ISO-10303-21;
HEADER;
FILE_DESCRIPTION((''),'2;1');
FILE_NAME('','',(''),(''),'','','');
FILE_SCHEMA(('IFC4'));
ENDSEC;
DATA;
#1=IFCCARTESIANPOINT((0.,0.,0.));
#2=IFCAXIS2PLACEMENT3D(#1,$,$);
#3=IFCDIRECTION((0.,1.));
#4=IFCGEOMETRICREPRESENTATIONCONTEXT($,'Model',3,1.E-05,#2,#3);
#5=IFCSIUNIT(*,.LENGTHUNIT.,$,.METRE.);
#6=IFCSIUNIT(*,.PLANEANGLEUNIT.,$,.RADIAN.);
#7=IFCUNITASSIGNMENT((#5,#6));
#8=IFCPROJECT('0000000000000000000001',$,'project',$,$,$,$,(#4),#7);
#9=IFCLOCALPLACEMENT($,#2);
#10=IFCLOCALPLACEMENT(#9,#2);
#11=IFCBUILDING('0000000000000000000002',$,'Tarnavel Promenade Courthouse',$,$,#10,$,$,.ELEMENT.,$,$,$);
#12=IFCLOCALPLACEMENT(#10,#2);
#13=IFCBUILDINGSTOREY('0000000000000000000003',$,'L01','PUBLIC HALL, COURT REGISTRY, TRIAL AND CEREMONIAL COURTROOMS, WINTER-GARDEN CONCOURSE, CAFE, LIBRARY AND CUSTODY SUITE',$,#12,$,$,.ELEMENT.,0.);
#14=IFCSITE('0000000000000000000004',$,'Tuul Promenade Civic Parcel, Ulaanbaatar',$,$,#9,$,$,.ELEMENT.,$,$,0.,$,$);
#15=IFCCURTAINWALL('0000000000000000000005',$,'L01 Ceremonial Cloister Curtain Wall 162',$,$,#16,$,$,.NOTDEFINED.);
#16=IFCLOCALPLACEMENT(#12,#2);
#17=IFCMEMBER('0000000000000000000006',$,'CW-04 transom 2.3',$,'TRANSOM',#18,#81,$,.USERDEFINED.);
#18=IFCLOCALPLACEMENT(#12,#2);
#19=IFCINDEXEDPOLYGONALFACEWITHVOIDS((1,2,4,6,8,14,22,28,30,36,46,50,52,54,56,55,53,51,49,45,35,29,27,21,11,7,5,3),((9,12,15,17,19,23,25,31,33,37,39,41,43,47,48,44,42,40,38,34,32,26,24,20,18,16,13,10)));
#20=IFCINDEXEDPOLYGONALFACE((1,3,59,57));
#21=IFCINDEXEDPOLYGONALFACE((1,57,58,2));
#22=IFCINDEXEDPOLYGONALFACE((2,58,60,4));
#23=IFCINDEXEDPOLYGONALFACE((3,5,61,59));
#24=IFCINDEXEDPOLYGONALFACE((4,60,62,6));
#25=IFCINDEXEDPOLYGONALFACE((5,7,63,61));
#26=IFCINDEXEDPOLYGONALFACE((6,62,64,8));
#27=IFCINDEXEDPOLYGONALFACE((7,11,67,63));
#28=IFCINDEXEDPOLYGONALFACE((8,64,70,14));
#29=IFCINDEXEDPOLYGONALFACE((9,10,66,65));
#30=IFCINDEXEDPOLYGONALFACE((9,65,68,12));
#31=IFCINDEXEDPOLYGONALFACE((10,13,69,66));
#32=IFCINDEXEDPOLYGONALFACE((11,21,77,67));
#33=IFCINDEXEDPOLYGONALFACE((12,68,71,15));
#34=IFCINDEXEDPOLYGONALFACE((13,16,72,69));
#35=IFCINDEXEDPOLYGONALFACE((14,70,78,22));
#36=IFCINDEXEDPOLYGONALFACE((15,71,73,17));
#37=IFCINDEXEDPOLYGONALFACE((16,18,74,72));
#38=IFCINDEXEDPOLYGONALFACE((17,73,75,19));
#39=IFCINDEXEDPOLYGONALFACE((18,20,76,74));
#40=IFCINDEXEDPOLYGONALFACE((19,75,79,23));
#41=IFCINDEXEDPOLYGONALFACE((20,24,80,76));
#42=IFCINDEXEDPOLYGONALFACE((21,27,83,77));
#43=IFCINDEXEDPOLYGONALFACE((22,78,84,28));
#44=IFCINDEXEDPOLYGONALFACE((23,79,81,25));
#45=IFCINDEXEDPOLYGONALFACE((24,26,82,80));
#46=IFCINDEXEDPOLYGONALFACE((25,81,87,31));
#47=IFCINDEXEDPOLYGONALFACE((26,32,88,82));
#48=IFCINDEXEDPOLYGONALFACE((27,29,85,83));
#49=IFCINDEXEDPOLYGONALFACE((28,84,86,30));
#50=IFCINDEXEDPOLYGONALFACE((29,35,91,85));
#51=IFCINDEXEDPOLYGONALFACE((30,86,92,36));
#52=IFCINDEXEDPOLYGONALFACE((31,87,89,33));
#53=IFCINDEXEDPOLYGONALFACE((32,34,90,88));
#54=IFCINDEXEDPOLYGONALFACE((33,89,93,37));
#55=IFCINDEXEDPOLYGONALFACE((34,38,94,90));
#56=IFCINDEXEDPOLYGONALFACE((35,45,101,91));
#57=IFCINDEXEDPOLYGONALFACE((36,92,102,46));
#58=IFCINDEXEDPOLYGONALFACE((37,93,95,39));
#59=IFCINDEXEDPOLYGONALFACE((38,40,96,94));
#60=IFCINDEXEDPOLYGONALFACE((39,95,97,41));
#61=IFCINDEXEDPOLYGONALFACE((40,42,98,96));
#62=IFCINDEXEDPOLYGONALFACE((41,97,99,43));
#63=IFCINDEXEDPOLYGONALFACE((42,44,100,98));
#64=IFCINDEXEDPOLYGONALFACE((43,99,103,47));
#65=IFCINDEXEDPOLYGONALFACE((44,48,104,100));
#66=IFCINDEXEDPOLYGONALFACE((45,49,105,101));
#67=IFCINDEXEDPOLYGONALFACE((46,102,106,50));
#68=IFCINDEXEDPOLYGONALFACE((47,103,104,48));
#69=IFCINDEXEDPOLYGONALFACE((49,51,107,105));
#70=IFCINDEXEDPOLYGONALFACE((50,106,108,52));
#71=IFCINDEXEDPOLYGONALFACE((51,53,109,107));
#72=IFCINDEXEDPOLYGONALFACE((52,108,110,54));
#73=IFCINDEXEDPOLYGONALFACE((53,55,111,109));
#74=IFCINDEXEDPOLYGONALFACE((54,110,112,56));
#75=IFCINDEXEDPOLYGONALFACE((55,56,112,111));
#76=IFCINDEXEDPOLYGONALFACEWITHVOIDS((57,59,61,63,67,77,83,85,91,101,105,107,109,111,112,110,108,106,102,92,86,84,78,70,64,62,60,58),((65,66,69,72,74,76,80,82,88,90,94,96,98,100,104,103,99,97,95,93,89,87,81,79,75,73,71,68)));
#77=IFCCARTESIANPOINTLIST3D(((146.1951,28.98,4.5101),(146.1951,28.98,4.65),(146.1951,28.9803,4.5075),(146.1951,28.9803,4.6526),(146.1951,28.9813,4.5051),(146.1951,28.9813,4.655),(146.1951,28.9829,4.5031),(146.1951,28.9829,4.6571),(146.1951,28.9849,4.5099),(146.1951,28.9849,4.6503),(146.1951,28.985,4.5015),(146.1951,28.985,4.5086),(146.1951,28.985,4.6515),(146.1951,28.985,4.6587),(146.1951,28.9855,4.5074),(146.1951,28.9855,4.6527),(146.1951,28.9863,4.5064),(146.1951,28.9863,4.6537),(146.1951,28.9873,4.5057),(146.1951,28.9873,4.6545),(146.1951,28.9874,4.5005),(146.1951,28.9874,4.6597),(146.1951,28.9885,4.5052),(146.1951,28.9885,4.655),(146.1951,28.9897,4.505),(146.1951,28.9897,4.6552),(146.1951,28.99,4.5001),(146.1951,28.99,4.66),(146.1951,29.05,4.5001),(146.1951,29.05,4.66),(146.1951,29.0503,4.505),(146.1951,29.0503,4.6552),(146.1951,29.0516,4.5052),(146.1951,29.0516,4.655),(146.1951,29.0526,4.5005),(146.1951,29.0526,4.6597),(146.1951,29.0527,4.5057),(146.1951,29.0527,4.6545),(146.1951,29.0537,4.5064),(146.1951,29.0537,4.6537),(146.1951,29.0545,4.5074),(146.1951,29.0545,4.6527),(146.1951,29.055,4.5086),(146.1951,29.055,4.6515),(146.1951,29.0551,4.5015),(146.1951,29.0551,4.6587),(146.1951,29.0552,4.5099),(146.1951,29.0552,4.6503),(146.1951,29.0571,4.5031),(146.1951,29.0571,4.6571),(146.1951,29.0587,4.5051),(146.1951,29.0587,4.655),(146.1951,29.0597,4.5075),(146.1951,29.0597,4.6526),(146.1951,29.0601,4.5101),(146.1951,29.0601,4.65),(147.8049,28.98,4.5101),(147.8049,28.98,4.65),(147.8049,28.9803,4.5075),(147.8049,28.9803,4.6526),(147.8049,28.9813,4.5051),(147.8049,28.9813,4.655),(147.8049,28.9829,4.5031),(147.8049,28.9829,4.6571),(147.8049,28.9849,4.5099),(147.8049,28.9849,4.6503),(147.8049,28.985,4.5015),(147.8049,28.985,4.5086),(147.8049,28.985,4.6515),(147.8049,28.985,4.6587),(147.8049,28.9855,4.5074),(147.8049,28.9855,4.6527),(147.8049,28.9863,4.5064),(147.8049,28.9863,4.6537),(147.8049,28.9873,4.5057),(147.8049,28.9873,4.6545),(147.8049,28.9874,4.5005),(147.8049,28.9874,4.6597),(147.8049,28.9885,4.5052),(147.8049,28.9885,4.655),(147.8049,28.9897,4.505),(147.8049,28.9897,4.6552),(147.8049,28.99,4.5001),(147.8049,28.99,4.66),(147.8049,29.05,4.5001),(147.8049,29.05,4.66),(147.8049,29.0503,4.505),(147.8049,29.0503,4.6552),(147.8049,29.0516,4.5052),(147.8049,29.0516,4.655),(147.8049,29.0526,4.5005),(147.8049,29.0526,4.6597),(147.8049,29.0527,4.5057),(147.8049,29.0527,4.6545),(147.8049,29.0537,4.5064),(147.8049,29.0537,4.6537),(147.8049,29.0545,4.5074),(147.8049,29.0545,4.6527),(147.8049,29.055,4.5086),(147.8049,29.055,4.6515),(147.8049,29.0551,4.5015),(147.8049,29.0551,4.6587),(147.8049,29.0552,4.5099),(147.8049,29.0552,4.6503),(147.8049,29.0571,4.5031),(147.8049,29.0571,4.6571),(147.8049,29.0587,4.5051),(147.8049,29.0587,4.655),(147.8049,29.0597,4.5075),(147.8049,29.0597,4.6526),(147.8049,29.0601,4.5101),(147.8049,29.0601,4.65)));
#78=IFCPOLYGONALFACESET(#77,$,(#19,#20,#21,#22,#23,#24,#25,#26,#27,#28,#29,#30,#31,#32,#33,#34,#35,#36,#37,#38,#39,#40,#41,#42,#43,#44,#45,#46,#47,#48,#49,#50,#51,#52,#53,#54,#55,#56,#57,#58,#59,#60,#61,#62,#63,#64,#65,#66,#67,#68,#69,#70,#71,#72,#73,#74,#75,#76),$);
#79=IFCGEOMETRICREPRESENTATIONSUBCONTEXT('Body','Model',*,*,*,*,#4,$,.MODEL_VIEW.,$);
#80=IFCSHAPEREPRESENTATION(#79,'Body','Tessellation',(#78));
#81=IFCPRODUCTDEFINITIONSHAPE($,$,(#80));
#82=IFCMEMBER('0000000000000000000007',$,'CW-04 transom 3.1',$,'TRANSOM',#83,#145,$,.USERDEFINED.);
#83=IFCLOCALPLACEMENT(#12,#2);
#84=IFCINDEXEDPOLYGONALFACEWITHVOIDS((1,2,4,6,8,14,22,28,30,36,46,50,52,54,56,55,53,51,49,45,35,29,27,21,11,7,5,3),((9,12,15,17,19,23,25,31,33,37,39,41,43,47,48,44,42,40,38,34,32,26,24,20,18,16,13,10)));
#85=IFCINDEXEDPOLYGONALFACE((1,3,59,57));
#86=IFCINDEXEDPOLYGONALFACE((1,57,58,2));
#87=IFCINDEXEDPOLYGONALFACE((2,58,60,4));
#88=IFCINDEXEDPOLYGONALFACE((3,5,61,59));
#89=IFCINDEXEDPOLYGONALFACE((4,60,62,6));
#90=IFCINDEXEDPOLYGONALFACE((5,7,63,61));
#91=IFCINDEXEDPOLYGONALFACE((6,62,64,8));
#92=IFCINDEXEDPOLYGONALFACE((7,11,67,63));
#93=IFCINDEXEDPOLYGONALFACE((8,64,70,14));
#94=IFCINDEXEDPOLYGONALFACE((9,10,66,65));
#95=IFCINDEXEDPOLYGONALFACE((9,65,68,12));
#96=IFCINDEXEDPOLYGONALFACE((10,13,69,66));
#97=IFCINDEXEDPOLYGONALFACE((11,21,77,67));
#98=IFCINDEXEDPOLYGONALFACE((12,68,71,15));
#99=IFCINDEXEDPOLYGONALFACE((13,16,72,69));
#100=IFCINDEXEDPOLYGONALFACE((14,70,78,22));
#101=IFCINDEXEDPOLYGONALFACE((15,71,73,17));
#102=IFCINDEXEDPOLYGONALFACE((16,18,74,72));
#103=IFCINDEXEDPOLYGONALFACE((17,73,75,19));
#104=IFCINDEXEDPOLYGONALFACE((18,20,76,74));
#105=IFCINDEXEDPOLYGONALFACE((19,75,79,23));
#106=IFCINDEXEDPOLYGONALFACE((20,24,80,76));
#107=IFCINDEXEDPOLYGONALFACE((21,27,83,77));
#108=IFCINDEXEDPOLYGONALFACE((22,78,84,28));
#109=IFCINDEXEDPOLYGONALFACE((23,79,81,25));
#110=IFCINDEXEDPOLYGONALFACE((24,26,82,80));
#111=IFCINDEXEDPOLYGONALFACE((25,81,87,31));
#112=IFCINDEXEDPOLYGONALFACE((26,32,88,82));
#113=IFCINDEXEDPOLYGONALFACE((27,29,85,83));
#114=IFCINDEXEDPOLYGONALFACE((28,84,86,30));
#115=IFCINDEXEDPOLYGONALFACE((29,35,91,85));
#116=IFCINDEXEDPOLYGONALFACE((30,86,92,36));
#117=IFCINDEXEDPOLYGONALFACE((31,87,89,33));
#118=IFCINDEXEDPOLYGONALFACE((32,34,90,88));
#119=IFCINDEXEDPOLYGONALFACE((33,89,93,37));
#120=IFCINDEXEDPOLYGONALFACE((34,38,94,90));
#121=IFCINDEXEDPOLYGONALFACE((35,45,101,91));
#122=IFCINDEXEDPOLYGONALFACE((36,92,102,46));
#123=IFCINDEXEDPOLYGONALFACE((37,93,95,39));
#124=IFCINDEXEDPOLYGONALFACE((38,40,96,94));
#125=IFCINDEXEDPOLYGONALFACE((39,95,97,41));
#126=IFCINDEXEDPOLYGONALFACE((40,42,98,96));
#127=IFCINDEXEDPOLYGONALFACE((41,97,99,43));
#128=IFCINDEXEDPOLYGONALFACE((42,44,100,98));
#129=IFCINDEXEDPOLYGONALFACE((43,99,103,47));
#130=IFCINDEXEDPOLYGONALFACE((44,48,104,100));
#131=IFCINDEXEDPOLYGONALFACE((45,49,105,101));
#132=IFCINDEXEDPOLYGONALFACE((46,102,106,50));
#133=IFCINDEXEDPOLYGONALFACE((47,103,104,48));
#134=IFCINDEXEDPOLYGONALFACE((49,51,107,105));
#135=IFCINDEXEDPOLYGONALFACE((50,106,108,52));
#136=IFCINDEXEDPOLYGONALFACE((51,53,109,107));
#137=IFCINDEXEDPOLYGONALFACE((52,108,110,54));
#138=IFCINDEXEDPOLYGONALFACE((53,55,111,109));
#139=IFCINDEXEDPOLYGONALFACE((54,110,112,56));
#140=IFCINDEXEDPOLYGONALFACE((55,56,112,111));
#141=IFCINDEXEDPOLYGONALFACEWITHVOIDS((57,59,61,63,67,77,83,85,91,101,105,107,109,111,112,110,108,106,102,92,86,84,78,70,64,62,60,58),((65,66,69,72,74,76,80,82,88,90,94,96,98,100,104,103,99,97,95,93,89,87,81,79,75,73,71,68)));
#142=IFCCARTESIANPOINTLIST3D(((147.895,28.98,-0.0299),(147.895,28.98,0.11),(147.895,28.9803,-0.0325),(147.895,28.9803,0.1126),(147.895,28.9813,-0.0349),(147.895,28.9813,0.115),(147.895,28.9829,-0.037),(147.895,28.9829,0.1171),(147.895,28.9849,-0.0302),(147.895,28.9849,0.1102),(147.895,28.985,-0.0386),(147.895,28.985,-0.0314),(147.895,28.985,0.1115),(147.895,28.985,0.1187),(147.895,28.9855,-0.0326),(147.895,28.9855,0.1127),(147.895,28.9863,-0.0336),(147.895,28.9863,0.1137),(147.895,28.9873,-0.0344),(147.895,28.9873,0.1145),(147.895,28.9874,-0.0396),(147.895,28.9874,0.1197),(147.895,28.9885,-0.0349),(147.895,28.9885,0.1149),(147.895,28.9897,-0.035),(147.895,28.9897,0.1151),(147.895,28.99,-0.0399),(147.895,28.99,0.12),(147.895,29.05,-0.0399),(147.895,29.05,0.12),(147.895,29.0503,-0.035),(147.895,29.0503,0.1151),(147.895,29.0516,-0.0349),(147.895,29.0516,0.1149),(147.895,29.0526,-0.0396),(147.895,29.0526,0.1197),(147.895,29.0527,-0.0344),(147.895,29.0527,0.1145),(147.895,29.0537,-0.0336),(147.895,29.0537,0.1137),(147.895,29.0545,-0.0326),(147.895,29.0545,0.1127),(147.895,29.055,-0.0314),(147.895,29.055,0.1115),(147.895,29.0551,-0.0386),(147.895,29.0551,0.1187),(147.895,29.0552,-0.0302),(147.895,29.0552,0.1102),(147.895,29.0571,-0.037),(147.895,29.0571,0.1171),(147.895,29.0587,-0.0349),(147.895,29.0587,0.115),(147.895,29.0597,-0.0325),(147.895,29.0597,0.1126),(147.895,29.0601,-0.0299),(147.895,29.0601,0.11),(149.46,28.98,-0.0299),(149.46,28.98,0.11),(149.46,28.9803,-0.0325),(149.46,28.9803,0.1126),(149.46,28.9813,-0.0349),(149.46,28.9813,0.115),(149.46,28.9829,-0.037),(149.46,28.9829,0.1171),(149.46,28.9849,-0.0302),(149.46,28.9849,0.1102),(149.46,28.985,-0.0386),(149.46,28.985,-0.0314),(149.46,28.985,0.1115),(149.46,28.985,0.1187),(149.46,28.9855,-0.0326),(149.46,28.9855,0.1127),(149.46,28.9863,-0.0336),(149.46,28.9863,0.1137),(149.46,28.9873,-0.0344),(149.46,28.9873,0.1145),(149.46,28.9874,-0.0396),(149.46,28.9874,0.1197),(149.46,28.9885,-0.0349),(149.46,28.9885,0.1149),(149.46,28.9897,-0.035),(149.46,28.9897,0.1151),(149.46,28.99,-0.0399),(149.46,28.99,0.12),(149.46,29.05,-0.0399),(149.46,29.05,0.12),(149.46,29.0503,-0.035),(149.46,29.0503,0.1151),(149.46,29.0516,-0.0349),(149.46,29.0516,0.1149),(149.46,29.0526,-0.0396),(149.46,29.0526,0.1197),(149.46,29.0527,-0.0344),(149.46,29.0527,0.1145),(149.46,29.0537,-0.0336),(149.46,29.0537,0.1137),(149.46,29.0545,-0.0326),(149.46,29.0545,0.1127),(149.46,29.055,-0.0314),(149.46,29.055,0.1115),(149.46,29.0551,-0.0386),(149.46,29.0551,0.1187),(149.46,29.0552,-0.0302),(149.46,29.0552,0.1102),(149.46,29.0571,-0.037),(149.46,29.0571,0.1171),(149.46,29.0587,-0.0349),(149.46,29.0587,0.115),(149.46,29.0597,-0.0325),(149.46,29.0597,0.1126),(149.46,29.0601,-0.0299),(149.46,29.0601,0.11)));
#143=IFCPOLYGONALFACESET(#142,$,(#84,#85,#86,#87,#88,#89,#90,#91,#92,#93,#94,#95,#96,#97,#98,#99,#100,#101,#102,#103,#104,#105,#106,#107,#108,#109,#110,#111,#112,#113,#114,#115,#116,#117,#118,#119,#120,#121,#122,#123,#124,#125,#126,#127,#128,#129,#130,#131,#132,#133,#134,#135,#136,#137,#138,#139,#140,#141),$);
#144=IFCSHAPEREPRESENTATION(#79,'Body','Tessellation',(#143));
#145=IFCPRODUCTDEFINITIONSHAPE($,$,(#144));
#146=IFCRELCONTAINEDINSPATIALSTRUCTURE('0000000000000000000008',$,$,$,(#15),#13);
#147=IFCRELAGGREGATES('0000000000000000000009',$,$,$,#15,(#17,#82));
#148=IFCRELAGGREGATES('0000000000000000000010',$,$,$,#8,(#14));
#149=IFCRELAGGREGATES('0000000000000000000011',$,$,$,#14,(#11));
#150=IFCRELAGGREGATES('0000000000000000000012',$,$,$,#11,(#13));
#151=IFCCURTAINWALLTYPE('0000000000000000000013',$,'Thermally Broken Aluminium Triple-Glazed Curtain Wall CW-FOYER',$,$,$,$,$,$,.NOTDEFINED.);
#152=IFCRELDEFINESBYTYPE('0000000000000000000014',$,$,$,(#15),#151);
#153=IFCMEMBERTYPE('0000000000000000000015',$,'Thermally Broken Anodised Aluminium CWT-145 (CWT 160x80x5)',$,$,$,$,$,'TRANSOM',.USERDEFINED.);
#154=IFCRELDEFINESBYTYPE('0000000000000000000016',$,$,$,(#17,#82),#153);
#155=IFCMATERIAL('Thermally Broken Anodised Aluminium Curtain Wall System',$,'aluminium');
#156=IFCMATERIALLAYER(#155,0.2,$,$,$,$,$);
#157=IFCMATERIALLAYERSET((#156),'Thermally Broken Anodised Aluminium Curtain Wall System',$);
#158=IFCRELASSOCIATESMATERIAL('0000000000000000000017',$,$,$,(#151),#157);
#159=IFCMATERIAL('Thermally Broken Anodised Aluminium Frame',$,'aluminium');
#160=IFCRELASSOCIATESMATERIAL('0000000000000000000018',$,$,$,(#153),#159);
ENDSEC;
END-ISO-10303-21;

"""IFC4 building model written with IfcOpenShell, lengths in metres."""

from ifc_helpers import new_model, si_unit, direction, frame, origin, origin_2d, place, context, subcontext, project, spatial, hollow_rectangle, extrude, material, layer, layer_set, material_profile, profile_set, type_object, element, aggregate, save


model = new_model("IFC4")

# Units and contexts
model_context = context("Model", 3, precision=1e-05, world=origin(), true_north=direction((0.0, 1.0)))
body_context = subcontext(model_context, "Body", "Model", "MODEL_VIEW")
ifc_project = project(units=[si_unit("LENGTHUNIT", "METRE"), si_unit("PLANEANGLEUNIT", "RADIAN")], contexts=[model_context])

# Site, building, storey
site_placement = place(None, origin())
site = spatial("IfcSite", under=ifc_project, at=site_placement, Name="Tuul Promenade Civic Parcel, Ulaanbaatar", CompositionType="ELEMENT", RefElevation=0.0)
building_placement = place(site_placement, origin())
building = spatial("IfcBuilding", under=site, at=building_placement, Name="Tarnavel Promenade Courthouse", CompositionType="ELEMENT")
storey_placement = place(building_placement, origin())
storey = spatial("IfcBuildingStorey", under=building, at=storey_placement, Name="L01", Description="PUBLIC HALL, COURT REGISTRY, TRIAL AND CEREMONIAL COURTROOMS, WINTER-GARDEN CONCOURSE, CAFE, LIBRARY AND CUSTODY SUITE", CompositionType="ELEMENT", Elevation=0.0)

# Curtain wall, members
ifc_material_1 = material(Name="Thermally Broken Anodised Aluminium Curtain Wall System", Category="aluminium")
ifc_layer_1 = layer(ifc_material_1, 0.2)
ifc_layer_set_1 = layer_set([ifc_layer_1], Name="Thermally Broken Anodised Aluminium Curtain Wall System")
curtain_wall_type = type_object("IfcCurtainWallType", Name="Thermally Broken Aluminium Triple-Glazed Curtain Wall CW-FOYER", PredefinedType="NOTDEFINED", material=ifc_layer_set_1)
curtain_wall_placement = place(storey_placement, origin())
curtain_wall = element("IfcCurtainWall", 1, at=curtain_wall_placement, inside=storey, type_object=curtain_wall_type, Name="L01 Ceremonial Cloister Curtain Wall 162", PredefinedType="NOTDEFINED")
ifc_material_2 = material(Name="Thermally Broken Anodised Aluminium Frame", Category="aluminium")
ifc_material_profile_1 = material_profile(ifc_material_2, hollow_rectangle(XDim=0.0801, YDim=0.1599, WallThickness=0.0049, InnerFilletRadius=0.0049, OuterFilletRadius=0.01, at=origin_2d()), Name="CWT 160x80x5")
ifc_profile_set_1 = profile_set([ifc_material_profile_1], Name="Thermally Broken Anodised Aluminium Frame")
member_type_1 = type_object("IfcMemberType", Name="Thermally Broken Anodised Aluminium CWT-145 (CWT 160x80x5)", ElementType="TRANSOM", PredefinedType="USERDEFINED", material=ifc_profile_set_1)
member_1_placement = place(storey_placement, frame((146.1951, 29.02, 4.5801), z_axis=(1.0, 0.0, 0.0), x_axis=(0.0, 1.0, 0.0)))
member_1 = element("IfcMember", 2, at=member_1_placement, type_object=member_type_1, Name="CW-04 transom 2.3", ObjectType="TRANSOM", PredefinedType="USERDEFINED", context=body_context, shape_type="SweptSolid", body=[
    extrude(hollow_rectangle(XDim=0.0801, YDim=0.1599, WallThickness=0.0049, InnerFilletRadius=0.0049, OuterFilletRadius=0.01, at=origin_2d()), origin(), (0.0, 0.0, 1.0), 1.6099),
])
member_2_placement = place(storey_placement, frame((147.895, 29.02, 0.04), z_axis=(1.0, 0.0, 0.0), x_axis=(0.0, 1.0, 0.0)))
member_2 = element("IfcMember", 3, at=member_2_placement, type_object=member_type_1, Name="CW-04 transom 3.1", ObjectType="TRANSOM", PredefinedType="USERDEFINED", context=body_context, shape_type="SweptSolid", body=[
    extrude(hollow_rectangle(XDim=0.0801, YDim=0.1599, WallThickness=0.0049, InnerFilletRadius=0.0049, OuterFilletRadius=0.01, at=origin_2d()), origin(), (0.0, 0.0, 1.0), 1.5649),
])
aggregate(curtain_wall, [member_1, member_2])

save(model, "model.ifc")
